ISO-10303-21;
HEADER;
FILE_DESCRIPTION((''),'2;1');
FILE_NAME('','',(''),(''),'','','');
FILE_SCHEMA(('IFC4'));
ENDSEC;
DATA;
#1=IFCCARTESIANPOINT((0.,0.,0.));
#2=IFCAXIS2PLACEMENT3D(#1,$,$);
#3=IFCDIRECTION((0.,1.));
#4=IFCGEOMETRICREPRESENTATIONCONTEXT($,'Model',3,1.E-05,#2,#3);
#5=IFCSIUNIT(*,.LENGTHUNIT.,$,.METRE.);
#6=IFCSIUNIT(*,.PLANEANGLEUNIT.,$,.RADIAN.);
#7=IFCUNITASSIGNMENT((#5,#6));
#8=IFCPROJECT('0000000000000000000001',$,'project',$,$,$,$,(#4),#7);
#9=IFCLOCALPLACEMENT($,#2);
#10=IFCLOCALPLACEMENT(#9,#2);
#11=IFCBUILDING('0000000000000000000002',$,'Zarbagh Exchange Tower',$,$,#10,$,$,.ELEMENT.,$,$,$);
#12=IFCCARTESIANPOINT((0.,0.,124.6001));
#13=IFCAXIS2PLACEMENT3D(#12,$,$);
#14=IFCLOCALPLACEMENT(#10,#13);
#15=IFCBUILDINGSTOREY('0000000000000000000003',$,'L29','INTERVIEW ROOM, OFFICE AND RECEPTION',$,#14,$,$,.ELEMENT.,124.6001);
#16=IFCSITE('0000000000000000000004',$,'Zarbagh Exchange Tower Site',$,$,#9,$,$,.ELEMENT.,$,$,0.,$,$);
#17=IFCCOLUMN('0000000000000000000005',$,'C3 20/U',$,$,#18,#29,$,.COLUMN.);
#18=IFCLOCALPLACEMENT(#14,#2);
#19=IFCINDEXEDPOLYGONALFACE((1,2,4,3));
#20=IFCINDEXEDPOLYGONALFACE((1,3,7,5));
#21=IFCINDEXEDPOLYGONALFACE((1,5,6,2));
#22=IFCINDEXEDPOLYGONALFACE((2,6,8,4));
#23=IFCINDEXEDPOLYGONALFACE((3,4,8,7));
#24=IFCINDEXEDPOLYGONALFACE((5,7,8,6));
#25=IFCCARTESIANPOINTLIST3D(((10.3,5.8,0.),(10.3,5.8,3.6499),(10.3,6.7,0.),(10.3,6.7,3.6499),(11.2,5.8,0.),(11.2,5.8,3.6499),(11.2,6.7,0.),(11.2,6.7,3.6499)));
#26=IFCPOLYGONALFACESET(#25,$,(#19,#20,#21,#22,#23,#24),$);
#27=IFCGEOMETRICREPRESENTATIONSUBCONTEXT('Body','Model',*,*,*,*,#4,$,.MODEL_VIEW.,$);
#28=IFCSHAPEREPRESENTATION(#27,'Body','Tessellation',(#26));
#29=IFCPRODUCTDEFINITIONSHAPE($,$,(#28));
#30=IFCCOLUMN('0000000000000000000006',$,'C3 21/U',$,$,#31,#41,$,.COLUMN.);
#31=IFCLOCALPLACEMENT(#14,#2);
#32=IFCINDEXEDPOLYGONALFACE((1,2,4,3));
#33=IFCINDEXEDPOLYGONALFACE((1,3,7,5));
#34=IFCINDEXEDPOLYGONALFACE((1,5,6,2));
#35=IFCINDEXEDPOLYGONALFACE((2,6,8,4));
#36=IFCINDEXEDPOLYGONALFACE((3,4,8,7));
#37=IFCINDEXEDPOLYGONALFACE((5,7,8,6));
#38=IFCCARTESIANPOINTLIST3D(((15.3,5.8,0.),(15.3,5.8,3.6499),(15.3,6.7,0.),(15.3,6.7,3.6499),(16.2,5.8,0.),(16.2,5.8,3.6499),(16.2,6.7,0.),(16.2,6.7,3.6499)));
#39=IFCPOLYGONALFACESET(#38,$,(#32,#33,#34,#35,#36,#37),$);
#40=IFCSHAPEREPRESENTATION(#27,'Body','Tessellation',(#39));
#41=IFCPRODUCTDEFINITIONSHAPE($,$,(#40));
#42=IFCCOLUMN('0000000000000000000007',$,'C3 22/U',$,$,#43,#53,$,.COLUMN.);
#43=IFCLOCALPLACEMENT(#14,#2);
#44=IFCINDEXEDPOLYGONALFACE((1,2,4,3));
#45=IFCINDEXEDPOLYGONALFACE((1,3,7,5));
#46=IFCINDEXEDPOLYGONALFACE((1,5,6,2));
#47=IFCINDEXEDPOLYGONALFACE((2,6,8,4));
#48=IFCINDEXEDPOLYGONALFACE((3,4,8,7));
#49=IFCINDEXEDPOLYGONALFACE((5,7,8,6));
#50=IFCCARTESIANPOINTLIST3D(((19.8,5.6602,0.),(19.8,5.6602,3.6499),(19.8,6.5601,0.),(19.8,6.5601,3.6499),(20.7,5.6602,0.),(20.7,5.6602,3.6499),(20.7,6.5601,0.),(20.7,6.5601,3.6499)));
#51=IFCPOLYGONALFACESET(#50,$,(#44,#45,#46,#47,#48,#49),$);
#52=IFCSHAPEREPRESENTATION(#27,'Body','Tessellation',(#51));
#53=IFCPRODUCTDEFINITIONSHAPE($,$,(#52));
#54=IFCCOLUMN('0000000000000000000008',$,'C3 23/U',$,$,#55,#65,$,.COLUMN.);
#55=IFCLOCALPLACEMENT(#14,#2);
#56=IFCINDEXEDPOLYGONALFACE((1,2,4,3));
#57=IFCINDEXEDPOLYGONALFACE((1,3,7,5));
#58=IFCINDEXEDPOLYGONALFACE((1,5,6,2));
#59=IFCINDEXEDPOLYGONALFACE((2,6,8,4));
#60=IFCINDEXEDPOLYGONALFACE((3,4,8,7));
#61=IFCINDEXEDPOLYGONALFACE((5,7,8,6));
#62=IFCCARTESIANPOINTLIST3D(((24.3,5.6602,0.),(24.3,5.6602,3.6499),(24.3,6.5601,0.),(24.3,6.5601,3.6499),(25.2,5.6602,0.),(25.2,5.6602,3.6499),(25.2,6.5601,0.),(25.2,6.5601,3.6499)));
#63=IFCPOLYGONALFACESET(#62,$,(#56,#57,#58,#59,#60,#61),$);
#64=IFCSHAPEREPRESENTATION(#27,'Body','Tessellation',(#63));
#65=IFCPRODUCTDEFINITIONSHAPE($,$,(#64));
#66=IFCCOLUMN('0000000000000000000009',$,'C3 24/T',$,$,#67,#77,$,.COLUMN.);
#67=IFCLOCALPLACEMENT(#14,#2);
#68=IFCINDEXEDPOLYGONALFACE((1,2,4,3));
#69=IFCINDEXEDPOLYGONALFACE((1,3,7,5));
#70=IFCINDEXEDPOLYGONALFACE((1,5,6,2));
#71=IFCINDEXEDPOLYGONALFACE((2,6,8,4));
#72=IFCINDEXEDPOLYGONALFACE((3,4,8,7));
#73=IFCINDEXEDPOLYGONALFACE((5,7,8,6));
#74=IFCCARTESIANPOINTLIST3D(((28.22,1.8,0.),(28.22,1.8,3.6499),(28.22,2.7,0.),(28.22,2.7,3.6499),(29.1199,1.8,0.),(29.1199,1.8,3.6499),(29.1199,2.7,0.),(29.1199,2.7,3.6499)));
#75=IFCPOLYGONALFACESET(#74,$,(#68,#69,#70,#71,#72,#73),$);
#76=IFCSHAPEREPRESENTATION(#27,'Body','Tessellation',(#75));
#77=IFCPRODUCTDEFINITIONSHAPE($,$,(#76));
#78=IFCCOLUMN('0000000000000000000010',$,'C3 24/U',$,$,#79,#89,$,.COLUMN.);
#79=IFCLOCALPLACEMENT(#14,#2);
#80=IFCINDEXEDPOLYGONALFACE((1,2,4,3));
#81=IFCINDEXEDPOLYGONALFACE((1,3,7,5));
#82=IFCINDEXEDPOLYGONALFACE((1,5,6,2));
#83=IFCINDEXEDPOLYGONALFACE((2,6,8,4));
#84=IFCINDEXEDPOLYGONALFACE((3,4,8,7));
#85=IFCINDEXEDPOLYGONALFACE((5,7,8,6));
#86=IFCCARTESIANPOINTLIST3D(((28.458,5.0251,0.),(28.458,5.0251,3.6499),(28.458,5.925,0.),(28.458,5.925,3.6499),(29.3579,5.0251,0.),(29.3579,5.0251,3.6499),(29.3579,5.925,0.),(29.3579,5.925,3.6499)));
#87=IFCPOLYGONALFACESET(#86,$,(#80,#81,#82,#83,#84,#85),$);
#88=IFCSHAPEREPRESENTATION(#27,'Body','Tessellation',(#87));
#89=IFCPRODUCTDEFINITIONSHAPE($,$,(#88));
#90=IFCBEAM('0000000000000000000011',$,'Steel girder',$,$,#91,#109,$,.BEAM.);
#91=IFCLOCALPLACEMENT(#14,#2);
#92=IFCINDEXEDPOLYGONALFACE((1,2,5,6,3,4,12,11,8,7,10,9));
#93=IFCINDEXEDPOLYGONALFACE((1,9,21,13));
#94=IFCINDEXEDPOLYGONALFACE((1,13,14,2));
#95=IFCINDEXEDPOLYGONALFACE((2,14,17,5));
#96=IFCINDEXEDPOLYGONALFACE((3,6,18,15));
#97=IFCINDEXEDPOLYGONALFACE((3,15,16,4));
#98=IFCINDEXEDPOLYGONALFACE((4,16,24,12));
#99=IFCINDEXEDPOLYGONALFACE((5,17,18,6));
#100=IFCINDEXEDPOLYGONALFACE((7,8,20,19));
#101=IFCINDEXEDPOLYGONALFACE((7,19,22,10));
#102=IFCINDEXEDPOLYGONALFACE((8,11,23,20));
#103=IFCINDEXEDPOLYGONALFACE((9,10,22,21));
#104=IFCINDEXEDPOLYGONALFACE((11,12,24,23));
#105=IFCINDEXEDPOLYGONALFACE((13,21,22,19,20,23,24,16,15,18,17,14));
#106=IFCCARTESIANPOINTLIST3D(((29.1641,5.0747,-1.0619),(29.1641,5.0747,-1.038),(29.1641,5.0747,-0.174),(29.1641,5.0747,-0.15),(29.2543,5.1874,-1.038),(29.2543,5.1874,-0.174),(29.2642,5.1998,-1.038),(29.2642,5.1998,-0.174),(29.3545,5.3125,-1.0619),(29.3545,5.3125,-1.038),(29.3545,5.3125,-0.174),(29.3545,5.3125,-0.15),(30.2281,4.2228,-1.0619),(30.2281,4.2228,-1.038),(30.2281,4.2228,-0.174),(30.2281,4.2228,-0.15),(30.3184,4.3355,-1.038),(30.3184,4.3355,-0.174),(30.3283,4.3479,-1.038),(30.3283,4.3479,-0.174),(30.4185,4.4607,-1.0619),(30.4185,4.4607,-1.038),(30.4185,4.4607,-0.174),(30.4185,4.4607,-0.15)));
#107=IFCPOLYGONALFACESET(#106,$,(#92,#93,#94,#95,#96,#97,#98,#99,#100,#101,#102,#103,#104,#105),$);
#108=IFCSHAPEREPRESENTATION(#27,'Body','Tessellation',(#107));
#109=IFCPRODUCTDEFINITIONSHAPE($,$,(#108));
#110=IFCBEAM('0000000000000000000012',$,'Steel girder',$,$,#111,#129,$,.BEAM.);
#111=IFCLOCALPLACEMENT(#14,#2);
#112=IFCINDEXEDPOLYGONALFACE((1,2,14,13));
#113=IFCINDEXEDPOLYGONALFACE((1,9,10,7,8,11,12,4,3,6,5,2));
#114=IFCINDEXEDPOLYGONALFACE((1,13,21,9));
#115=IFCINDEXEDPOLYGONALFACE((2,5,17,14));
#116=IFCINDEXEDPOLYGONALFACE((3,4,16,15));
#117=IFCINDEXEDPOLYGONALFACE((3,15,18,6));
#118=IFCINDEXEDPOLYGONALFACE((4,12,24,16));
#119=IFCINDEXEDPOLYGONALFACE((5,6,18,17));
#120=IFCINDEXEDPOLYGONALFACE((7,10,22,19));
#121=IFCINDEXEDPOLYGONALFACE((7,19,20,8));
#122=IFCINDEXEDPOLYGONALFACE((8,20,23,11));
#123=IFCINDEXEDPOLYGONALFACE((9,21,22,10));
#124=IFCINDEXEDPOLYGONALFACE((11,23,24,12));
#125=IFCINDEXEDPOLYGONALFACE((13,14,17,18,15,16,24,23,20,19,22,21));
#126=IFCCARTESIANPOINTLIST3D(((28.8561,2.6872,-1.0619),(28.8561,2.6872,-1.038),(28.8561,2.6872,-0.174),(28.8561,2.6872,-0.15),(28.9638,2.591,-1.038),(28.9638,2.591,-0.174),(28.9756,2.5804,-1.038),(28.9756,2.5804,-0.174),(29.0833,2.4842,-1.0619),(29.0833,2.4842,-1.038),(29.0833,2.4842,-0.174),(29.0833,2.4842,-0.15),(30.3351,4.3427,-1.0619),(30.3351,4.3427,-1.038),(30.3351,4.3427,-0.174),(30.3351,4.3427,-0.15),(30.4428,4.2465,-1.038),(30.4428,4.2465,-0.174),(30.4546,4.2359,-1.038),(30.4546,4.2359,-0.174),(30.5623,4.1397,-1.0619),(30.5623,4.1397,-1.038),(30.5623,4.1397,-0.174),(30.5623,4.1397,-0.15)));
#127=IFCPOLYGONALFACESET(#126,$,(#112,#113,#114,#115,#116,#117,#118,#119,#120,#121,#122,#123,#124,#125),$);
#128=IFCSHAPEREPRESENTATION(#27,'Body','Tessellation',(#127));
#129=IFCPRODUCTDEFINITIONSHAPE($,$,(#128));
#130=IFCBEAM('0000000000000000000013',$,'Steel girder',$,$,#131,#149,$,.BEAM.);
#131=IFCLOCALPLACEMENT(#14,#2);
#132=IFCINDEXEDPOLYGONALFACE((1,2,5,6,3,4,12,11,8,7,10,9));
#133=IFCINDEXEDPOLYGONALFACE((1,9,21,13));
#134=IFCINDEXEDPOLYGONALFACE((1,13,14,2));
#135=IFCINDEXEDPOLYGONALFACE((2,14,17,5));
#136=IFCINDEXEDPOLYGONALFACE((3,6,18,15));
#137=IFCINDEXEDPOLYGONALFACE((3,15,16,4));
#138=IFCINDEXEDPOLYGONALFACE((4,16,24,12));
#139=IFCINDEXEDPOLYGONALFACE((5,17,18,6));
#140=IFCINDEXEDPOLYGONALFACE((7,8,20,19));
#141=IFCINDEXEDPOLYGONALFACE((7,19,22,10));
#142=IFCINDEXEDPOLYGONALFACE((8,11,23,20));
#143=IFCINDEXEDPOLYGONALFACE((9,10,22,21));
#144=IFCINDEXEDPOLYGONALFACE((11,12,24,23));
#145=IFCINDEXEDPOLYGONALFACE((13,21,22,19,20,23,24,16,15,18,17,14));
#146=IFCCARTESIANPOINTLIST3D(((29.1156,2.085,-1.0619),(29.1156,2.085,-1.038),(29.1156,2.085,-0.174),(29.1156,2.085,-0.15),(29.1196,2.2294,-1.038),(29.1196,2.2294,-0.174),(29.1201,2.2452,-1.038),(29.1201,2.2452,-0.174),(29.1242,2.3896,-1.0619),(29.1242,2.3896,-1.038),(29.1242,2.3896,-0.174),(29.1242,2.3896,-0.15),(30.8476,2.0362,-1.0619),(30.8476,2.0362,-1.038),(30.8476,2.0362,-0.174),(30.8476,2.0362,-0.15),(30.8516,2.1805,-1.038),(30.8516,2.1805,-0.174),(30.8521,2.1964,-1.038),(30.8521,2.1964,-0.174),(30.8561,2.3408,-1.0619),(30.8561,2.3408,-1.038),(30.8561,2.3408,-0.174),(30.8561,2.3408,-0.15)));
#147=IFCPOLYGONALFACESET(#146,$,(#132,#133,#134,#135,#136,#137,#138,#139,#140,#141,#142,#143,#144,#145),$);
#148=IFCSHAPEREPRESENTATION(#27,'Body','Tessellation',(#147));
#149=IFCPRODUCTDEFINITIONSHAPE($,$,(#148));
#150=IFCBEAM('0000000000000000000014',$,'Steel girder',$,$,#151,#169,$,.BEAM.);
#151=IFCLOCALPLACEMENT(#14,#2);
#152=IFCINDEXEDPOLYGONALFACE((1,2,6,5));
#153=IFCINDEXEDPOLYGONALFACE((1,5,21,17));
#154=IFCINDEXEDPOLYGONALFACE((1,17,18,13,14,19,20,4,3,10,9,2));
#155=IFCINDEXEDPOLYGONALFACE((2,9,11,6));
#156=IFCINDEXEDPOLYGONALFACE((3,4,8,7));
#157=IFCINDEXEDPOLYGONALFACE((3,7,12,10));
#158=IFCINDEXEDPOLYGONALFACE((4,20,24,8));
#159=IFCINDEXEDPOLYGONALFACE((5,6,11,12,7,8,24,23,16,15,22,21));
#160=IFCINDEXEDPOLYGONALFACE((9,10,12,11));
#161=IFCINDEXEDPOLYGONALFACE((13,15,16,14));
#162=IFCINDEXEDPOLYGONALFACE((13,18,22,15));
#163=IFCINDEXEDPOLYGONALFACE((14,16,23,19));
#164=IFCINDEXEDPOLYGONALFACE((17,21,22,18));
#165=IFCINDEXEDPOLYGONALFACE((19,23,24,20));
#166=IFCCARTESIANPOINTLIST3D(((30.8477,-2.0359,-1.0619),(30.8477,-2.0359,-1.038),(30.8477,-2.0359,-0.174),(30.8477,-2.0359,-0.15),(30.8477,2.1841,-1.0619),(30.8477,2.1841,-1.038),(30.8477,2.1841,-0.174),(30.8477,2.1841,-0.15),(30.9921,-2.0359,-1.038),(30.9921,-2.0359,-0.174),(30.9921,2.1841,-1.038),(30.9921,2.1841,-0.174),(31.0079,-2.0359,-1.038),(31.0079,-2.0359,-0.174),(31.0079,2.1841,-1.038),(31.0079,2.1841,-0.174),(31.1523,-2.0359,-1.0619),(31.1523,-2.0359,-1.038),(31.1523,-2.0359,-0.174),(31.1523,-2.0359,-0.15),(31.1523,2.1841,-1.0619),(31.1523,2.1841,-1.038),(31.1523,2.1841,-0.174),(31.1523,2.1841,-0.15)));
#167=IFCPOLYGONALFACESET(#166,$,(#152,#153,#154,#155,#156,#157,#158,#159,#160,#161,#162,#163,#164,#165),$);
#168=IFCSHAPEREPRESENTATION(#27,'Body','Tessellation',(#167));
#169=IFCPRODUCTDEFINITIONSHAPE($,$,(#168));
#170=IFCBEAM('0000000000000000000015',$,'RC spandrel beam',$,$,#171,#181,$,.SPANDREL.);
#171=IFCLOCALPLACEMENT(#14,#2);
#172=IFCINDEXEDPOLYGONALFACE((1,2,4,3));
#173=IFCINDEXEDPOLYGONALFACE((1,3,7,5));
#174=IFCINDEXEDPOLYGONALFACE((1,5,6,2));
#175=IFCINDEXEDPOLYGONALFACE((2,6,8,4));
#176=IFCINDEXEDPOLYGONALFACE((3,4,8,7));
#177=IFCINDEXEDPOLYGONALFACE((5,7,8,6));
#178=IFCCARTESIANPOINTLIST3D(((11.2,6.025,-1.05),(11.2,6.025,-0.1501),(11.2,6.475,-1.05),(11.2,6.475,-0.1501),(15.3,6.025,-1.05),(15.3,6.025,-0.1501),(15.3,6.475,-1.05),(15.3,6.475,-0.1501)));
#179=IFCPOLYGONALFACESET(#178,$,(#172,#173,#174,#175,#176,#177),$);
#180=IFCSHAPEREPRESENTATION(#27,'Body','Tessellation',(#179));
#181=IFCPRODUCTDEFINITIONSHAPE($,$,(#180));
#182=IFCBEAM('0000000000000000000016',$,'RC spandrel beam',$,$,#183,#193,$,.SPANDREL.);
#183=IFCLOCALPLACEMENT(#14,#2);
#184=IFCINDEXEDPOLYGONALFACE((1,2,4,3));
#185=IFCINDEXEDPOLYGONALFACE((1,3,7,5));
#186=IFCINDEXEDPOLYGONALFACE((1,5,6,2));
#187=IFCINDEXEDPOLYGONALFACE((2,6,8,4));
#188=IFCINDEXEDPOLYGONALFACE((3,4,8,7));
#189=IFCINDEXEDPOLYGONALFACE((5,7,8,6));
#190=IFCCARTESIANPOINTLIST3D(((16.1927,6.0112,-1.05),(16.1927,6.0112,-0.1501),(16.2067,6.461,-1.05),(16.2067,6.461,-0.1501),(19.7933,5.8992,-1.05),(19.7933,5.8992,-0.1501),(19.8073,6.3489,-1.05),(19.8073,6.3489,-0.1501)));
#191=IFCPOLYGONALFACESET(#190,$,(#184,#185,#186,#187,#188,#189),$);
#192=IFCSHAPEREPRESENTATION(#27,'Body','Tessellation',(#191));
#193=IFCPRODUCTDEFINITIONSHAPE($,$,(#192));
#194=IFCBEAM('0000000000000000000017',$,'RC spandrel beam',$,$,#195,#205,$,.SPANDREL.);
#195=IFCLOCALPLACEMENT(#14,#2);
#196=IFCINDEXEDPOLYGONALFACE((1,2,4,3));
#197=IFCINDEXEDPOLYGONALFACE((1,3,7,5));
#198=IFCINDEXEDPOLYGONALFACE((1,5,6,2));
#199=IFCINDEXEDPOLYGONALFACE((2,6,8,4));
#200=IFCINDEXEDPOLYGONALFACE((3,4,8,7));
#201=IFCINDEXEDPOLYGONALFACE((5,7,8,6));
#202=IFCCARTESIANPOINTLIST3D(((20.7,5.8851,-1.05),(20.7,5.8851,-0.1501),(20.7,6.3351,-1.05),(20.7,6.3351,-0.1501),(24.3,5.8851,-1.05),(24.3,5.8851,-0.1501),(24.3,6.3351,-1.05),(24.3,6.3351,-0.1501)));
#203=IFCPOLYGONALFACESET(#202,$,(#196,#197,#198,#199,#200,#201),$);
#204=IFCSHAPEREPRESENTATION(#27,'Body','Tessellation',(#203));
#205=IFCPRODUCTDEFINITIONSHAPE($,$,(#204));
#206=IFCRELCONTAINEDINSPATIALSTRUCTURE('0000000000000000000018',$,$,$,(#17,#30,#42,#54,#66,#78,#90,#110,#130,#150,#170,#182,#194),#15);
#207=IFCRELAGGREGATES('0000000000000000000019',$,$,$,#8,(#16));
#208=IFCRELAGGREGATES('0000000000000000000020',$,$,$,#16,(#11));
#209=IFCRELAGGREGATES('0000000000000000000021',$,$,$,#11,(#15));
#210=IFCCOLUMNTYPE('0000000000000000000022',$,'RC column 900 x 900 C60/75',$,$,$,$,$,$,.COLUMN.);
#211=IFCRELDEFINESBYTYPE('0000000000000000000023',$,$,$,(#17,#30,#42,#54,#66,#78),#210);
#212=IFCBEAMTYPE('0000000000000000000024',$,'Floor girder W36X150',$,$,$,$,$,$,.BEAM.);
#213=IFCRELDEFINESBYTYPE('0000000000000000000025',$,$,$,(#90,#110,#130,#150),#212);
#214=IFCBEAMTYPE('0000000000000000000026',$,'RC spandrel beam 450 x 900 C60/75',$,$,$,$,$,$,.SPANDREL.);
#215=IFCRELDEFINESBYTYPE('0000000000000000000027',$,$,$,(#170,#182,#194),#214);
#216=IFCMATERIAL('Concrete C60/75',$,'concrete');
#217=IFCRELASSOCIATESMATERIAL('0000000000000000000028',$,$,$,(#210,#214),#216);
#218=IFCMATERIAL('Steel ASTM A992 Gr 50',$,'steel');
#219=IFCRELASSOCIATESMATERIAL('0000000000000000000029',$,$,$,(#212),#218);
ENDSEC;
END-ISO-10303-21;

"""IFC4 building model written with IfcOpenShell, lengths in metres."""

from ifc_helpers import new_model, si_unit, direction, frame, origin, origin_2d, place, context, subcontext, project, spatial, rectangle, i_section, extrude, material, material_profile, profile_set, type_object, element, save


model = new_model("IFC4")

# Units and contexts
model_context = context("Model", 3, precision=1e-05, world=origin(), true_north=direction((0.0, 1.0)))
body_context = subcontext(model_context, "Body", "Model", "MODEL_VIEW")
ifc_project = project(units=[si_unit("LENGTHUNIT", "METRE"), si_unit("PLANEANGLEUNIT", "RADIAN")], contexts=[model_context])

# Site, building, storey
site_placement = place(None, origin())
site = spatial("IfcSite", under=ifc_project, at=site_placement, Name="Zarbagh Exchange Tower Site", CompositionType="ELEMENT", RefElevation=0.0)
building_placement = place(site_placement, origin())
building = spatial("IfcBuilding", under=site, at=building_placement, Name="Zarbagh Exchange Tower", CompositionType="ELEMENT")
storey_placement = place(building_placement, frame((0.0, 0.0, 124.6001)))
storey = spatial("IfcBuildingStorey", under=building, at=storey_placement, Name="L29", Description="INTERVIEW ROOM, OFFICE AND RECEPTION", CompositionType="ELEMENT", Elevation=124.6001)

# Columns
ifc_material_1 = material(Name="Concrete C60/75", Category="concrete")
ifc_material_profile_1 = material_profile(ifc_material_1, rectangle(XDim=0.8999, YDim=0.8999, at=origin_2d()), Name="RC column 900 x 900 C60/75")
ifc_profile_set_1 = profile_set([ifc_material_profile_1], Name="Concrete C60/75")
column_type = type_object("IfcColumnType", Name="RC column 900 x 900 C60/75", PredefinedType="COLUMN", material=ifc_profile_set_1)
for number, where, z_axis, x_axis, name in (
    (1, (10.75, 6.25, 0.0), (0.0, 0.0, 1.0), (1.0, 0.0, 0.0), "C3 20/U"),
    (2, (15.75, 6.25, 0.0), (0.0, 0.0, 1.0), (1.0, 0.0, 0.0), "C3 21/U"),
    (3, (20.25, 6.1101, 0.0), (0.0, 0.0, 1.0), (1.0, 0.0, 0.0), "C3 22/U"),
    (4, (24.75, 6.1101, 0.0), (0.0, 0.0, 1.0), (1.0, 0.0, 0.0), "C3 23/U"),
    (5, (28.6699, 2.25, 0.0), (0.0, 0.0, 1.0), (1.0, 0.0, 0.0), "C3 24/T"),
    (6, (28.908, 5.4751, 0.0), (0.0, 0.0, 1.0), (1.0, 0.0, 0.0), "C3 24/U"),
):
    element("IfcColumn", number, at=place(storey_placement, frame(where, z_axis=z_axis, x_axis=x_axis)), inside=storey, type_object=column_type, Name=name, PredefinedType="COLUMN", context=body_context, shape_type="SweptSolid", body=[
        extrude(rectangle(XDim=0.8999, YDim=0.8999, at=origin_2d()), origin(), (0.0, 0.0, 1.0), 3.6499),
    ])

# Beams
ifc_material_2 = material(Name="Steel ASTM A992 Gr 50", Category="steel")
ifc_material_profile_2 = material_profile(ifc_material_2, i_section(OverallWidth=0.3047, OverallDepth=0.9119, WebThickness=0.0159, FlangeThickness=0.0239, at=origin_2d()), Name="W36X150")
ifc_profile_set_2 = profile_set([ifc_material_profile_2], Name="Steel ASTM A992 Gr 50")
beam_type_1 = type_object("IfcBeamType", Name="Floor girder W36X150", PredefinedType="BEAM", material=ifc_profile_set_2)
beam_1_placement = place(storey_placement, frame((29.2593, 5.1936, -0.606), z_axis=(0.780642, -0.624979, 0.0), x_axis=(0.624979, 0.780642, 0.0)))
element("IfcBeam", 7, at=beam_1_placement, inside=storey, type_object=beam_type_1, Name="Steel girder", PredefinedType="BEAM", context=body_context, shape_type="SweptSolid", body=[
    extrude(i_section(OverallWidth=0.3047, OverallDepth=0.9119, WebThickness=0.0159, FlangeThickness=0.0239, at=origin_2d()), origin(), (0.0, 0.0, 1.0), 1.363),
])
beam_2_placement = place(storey_placement, frame((30.4487, 4.2412, -0.606), z_axis=(-0.666232, -0.745744, 0.0), x_axis=(0.745744, -0.666232, 0.0)))
element("IfcBeam", 8, at=beam_2_placement, inside=storey, type_object=beam_type_1, Name="Steel girder", PredefinedType="BEAM", context=body_context, shape_type="SweptSolid", body=[
    extrude(i_section(OverallWidth=0.3047, OverallDepth=0.9119, WebThickness=0.0159, FlangeThickness=0.0239, at=origin_2d()), origin(), (0.0, 0.0, 1.0), 2.22),
])
beam_3_placement = place(storey_placement, frame((29.1199, 2.2373, -0.606), z_axis=(0.999603, -0.028182, 0.0), x_axis=(0.028182, 0.999603, 0.0)))
element("IfcBeam", 9, at=beam_3_placement, inside=storey, type_object=beam_type_1, Name="Steel girder", PredefinedType="BEAM", context=body_context, shape_type="SweptSolid", body=[
    extrude(i_section(OverallWidth=0.3047, OverallDepth=0.9119, WebThickness=0.0159, FlangeThickness=0.0239, at=origin_2d()), origin(), (0.0, 0.0, 1.0), 1.7327),
])
beam_4_placement = place(storey_placement, frame((31.0, 2.1841, -0.606), z_axis=(0.0, -1.0, 0.0), x_axis=(1.0, 0.0, 0.0)))
element("IfcBeam", 10, at=beam_4_placement, inside=storey, type_object=beam_type_1, Name="Steel girder", PredefinedType="BEAM", context=body_context, shape_type="SweptSolid", body=[
    extrude(i_section(OverallWidth=0.3047, OverallDepth=0.9119, WebThickness=0.0159, FlangeThickness=0.0239, at=origin_2d()), origin(), (0.0, 0.0, 1.0), 4.22),
])
ifc_material_profile_3 = material_profile(ifc_material_1, rectangle(XDim=0.45, YDim=0.8999, at=origin_2d()), Name="RC spandrel beam 450 x 900 C60/75")
ifc_profile_set_3 = profile_set([ifc_material_profile_3], Name="Concrete C60/75")
beam_type_2 = type_object("IfcBeamType", Name="RC spandrel beam 450 x 900 C60/75", PredefinedType="SPANDREL", material=ifc_profile_set_3)
beam_5_placement = place(storey_placement, frame((11.2, 6.25, -0.6001), z_axis=(1.0, 0.0, 0.0), x_axis=(0.0, 1.0, 0.0)))
element("IfcBeam", 11, at=beam_5_placement, inside=storey, type_object=beam_type_2, Name="RC spandrel beam", PredefinedType="SPANDREL", context=body_context, shape_type="SweptSolid", body=[
    extrude(rectangle(XDim=0.45, YDim=0.8999, at=origin_2d()), origin(), (0.0, 0.0, 1.0), 4.1001),
])
beam_6_placement = place(storey_placement, frame((16.1997, 6.2361, -0.6001), z_axis=(0.999516, -0.031108, 0.0), x_axis=(0.031108, 0.999516, 0.0)))
element("IfcBeam", 12, at=beam_6_placement, inside=storey, type_object=beam_type_2, Name="RC spandrel beam", PredefinedType="SPANDREL", context=body_context, shape_type="SweptSolid", body=[
    extrude(rectangle(XDim=0.45, YDim=0.8999, at=origin_2d()), origin(), (0.0, 0.0, 1.0), 3.6023),
])
beam_7_placement = place(storey_placement, frame((20.7, 6.1101, -0.6001), z_axis=(1.0, 0.0, 0.0), x_axis=(0.0, 1.0, 0.0)))
element("IfcBeam", 13, at=beam_7_placement, inside=storey, type_object=beam_type_2, Name="RC spandrel beam", PredefinedType="SPANDREL", context=body_context, shape_type="SweptSolid", body=[
    extrude(rectangle(XDim=0.45, YDim=0.8999, at=origin_2d()), origin(), (0.0, 0.0, 1.0), 3.6001),
])

save(model, "model.ifc")
